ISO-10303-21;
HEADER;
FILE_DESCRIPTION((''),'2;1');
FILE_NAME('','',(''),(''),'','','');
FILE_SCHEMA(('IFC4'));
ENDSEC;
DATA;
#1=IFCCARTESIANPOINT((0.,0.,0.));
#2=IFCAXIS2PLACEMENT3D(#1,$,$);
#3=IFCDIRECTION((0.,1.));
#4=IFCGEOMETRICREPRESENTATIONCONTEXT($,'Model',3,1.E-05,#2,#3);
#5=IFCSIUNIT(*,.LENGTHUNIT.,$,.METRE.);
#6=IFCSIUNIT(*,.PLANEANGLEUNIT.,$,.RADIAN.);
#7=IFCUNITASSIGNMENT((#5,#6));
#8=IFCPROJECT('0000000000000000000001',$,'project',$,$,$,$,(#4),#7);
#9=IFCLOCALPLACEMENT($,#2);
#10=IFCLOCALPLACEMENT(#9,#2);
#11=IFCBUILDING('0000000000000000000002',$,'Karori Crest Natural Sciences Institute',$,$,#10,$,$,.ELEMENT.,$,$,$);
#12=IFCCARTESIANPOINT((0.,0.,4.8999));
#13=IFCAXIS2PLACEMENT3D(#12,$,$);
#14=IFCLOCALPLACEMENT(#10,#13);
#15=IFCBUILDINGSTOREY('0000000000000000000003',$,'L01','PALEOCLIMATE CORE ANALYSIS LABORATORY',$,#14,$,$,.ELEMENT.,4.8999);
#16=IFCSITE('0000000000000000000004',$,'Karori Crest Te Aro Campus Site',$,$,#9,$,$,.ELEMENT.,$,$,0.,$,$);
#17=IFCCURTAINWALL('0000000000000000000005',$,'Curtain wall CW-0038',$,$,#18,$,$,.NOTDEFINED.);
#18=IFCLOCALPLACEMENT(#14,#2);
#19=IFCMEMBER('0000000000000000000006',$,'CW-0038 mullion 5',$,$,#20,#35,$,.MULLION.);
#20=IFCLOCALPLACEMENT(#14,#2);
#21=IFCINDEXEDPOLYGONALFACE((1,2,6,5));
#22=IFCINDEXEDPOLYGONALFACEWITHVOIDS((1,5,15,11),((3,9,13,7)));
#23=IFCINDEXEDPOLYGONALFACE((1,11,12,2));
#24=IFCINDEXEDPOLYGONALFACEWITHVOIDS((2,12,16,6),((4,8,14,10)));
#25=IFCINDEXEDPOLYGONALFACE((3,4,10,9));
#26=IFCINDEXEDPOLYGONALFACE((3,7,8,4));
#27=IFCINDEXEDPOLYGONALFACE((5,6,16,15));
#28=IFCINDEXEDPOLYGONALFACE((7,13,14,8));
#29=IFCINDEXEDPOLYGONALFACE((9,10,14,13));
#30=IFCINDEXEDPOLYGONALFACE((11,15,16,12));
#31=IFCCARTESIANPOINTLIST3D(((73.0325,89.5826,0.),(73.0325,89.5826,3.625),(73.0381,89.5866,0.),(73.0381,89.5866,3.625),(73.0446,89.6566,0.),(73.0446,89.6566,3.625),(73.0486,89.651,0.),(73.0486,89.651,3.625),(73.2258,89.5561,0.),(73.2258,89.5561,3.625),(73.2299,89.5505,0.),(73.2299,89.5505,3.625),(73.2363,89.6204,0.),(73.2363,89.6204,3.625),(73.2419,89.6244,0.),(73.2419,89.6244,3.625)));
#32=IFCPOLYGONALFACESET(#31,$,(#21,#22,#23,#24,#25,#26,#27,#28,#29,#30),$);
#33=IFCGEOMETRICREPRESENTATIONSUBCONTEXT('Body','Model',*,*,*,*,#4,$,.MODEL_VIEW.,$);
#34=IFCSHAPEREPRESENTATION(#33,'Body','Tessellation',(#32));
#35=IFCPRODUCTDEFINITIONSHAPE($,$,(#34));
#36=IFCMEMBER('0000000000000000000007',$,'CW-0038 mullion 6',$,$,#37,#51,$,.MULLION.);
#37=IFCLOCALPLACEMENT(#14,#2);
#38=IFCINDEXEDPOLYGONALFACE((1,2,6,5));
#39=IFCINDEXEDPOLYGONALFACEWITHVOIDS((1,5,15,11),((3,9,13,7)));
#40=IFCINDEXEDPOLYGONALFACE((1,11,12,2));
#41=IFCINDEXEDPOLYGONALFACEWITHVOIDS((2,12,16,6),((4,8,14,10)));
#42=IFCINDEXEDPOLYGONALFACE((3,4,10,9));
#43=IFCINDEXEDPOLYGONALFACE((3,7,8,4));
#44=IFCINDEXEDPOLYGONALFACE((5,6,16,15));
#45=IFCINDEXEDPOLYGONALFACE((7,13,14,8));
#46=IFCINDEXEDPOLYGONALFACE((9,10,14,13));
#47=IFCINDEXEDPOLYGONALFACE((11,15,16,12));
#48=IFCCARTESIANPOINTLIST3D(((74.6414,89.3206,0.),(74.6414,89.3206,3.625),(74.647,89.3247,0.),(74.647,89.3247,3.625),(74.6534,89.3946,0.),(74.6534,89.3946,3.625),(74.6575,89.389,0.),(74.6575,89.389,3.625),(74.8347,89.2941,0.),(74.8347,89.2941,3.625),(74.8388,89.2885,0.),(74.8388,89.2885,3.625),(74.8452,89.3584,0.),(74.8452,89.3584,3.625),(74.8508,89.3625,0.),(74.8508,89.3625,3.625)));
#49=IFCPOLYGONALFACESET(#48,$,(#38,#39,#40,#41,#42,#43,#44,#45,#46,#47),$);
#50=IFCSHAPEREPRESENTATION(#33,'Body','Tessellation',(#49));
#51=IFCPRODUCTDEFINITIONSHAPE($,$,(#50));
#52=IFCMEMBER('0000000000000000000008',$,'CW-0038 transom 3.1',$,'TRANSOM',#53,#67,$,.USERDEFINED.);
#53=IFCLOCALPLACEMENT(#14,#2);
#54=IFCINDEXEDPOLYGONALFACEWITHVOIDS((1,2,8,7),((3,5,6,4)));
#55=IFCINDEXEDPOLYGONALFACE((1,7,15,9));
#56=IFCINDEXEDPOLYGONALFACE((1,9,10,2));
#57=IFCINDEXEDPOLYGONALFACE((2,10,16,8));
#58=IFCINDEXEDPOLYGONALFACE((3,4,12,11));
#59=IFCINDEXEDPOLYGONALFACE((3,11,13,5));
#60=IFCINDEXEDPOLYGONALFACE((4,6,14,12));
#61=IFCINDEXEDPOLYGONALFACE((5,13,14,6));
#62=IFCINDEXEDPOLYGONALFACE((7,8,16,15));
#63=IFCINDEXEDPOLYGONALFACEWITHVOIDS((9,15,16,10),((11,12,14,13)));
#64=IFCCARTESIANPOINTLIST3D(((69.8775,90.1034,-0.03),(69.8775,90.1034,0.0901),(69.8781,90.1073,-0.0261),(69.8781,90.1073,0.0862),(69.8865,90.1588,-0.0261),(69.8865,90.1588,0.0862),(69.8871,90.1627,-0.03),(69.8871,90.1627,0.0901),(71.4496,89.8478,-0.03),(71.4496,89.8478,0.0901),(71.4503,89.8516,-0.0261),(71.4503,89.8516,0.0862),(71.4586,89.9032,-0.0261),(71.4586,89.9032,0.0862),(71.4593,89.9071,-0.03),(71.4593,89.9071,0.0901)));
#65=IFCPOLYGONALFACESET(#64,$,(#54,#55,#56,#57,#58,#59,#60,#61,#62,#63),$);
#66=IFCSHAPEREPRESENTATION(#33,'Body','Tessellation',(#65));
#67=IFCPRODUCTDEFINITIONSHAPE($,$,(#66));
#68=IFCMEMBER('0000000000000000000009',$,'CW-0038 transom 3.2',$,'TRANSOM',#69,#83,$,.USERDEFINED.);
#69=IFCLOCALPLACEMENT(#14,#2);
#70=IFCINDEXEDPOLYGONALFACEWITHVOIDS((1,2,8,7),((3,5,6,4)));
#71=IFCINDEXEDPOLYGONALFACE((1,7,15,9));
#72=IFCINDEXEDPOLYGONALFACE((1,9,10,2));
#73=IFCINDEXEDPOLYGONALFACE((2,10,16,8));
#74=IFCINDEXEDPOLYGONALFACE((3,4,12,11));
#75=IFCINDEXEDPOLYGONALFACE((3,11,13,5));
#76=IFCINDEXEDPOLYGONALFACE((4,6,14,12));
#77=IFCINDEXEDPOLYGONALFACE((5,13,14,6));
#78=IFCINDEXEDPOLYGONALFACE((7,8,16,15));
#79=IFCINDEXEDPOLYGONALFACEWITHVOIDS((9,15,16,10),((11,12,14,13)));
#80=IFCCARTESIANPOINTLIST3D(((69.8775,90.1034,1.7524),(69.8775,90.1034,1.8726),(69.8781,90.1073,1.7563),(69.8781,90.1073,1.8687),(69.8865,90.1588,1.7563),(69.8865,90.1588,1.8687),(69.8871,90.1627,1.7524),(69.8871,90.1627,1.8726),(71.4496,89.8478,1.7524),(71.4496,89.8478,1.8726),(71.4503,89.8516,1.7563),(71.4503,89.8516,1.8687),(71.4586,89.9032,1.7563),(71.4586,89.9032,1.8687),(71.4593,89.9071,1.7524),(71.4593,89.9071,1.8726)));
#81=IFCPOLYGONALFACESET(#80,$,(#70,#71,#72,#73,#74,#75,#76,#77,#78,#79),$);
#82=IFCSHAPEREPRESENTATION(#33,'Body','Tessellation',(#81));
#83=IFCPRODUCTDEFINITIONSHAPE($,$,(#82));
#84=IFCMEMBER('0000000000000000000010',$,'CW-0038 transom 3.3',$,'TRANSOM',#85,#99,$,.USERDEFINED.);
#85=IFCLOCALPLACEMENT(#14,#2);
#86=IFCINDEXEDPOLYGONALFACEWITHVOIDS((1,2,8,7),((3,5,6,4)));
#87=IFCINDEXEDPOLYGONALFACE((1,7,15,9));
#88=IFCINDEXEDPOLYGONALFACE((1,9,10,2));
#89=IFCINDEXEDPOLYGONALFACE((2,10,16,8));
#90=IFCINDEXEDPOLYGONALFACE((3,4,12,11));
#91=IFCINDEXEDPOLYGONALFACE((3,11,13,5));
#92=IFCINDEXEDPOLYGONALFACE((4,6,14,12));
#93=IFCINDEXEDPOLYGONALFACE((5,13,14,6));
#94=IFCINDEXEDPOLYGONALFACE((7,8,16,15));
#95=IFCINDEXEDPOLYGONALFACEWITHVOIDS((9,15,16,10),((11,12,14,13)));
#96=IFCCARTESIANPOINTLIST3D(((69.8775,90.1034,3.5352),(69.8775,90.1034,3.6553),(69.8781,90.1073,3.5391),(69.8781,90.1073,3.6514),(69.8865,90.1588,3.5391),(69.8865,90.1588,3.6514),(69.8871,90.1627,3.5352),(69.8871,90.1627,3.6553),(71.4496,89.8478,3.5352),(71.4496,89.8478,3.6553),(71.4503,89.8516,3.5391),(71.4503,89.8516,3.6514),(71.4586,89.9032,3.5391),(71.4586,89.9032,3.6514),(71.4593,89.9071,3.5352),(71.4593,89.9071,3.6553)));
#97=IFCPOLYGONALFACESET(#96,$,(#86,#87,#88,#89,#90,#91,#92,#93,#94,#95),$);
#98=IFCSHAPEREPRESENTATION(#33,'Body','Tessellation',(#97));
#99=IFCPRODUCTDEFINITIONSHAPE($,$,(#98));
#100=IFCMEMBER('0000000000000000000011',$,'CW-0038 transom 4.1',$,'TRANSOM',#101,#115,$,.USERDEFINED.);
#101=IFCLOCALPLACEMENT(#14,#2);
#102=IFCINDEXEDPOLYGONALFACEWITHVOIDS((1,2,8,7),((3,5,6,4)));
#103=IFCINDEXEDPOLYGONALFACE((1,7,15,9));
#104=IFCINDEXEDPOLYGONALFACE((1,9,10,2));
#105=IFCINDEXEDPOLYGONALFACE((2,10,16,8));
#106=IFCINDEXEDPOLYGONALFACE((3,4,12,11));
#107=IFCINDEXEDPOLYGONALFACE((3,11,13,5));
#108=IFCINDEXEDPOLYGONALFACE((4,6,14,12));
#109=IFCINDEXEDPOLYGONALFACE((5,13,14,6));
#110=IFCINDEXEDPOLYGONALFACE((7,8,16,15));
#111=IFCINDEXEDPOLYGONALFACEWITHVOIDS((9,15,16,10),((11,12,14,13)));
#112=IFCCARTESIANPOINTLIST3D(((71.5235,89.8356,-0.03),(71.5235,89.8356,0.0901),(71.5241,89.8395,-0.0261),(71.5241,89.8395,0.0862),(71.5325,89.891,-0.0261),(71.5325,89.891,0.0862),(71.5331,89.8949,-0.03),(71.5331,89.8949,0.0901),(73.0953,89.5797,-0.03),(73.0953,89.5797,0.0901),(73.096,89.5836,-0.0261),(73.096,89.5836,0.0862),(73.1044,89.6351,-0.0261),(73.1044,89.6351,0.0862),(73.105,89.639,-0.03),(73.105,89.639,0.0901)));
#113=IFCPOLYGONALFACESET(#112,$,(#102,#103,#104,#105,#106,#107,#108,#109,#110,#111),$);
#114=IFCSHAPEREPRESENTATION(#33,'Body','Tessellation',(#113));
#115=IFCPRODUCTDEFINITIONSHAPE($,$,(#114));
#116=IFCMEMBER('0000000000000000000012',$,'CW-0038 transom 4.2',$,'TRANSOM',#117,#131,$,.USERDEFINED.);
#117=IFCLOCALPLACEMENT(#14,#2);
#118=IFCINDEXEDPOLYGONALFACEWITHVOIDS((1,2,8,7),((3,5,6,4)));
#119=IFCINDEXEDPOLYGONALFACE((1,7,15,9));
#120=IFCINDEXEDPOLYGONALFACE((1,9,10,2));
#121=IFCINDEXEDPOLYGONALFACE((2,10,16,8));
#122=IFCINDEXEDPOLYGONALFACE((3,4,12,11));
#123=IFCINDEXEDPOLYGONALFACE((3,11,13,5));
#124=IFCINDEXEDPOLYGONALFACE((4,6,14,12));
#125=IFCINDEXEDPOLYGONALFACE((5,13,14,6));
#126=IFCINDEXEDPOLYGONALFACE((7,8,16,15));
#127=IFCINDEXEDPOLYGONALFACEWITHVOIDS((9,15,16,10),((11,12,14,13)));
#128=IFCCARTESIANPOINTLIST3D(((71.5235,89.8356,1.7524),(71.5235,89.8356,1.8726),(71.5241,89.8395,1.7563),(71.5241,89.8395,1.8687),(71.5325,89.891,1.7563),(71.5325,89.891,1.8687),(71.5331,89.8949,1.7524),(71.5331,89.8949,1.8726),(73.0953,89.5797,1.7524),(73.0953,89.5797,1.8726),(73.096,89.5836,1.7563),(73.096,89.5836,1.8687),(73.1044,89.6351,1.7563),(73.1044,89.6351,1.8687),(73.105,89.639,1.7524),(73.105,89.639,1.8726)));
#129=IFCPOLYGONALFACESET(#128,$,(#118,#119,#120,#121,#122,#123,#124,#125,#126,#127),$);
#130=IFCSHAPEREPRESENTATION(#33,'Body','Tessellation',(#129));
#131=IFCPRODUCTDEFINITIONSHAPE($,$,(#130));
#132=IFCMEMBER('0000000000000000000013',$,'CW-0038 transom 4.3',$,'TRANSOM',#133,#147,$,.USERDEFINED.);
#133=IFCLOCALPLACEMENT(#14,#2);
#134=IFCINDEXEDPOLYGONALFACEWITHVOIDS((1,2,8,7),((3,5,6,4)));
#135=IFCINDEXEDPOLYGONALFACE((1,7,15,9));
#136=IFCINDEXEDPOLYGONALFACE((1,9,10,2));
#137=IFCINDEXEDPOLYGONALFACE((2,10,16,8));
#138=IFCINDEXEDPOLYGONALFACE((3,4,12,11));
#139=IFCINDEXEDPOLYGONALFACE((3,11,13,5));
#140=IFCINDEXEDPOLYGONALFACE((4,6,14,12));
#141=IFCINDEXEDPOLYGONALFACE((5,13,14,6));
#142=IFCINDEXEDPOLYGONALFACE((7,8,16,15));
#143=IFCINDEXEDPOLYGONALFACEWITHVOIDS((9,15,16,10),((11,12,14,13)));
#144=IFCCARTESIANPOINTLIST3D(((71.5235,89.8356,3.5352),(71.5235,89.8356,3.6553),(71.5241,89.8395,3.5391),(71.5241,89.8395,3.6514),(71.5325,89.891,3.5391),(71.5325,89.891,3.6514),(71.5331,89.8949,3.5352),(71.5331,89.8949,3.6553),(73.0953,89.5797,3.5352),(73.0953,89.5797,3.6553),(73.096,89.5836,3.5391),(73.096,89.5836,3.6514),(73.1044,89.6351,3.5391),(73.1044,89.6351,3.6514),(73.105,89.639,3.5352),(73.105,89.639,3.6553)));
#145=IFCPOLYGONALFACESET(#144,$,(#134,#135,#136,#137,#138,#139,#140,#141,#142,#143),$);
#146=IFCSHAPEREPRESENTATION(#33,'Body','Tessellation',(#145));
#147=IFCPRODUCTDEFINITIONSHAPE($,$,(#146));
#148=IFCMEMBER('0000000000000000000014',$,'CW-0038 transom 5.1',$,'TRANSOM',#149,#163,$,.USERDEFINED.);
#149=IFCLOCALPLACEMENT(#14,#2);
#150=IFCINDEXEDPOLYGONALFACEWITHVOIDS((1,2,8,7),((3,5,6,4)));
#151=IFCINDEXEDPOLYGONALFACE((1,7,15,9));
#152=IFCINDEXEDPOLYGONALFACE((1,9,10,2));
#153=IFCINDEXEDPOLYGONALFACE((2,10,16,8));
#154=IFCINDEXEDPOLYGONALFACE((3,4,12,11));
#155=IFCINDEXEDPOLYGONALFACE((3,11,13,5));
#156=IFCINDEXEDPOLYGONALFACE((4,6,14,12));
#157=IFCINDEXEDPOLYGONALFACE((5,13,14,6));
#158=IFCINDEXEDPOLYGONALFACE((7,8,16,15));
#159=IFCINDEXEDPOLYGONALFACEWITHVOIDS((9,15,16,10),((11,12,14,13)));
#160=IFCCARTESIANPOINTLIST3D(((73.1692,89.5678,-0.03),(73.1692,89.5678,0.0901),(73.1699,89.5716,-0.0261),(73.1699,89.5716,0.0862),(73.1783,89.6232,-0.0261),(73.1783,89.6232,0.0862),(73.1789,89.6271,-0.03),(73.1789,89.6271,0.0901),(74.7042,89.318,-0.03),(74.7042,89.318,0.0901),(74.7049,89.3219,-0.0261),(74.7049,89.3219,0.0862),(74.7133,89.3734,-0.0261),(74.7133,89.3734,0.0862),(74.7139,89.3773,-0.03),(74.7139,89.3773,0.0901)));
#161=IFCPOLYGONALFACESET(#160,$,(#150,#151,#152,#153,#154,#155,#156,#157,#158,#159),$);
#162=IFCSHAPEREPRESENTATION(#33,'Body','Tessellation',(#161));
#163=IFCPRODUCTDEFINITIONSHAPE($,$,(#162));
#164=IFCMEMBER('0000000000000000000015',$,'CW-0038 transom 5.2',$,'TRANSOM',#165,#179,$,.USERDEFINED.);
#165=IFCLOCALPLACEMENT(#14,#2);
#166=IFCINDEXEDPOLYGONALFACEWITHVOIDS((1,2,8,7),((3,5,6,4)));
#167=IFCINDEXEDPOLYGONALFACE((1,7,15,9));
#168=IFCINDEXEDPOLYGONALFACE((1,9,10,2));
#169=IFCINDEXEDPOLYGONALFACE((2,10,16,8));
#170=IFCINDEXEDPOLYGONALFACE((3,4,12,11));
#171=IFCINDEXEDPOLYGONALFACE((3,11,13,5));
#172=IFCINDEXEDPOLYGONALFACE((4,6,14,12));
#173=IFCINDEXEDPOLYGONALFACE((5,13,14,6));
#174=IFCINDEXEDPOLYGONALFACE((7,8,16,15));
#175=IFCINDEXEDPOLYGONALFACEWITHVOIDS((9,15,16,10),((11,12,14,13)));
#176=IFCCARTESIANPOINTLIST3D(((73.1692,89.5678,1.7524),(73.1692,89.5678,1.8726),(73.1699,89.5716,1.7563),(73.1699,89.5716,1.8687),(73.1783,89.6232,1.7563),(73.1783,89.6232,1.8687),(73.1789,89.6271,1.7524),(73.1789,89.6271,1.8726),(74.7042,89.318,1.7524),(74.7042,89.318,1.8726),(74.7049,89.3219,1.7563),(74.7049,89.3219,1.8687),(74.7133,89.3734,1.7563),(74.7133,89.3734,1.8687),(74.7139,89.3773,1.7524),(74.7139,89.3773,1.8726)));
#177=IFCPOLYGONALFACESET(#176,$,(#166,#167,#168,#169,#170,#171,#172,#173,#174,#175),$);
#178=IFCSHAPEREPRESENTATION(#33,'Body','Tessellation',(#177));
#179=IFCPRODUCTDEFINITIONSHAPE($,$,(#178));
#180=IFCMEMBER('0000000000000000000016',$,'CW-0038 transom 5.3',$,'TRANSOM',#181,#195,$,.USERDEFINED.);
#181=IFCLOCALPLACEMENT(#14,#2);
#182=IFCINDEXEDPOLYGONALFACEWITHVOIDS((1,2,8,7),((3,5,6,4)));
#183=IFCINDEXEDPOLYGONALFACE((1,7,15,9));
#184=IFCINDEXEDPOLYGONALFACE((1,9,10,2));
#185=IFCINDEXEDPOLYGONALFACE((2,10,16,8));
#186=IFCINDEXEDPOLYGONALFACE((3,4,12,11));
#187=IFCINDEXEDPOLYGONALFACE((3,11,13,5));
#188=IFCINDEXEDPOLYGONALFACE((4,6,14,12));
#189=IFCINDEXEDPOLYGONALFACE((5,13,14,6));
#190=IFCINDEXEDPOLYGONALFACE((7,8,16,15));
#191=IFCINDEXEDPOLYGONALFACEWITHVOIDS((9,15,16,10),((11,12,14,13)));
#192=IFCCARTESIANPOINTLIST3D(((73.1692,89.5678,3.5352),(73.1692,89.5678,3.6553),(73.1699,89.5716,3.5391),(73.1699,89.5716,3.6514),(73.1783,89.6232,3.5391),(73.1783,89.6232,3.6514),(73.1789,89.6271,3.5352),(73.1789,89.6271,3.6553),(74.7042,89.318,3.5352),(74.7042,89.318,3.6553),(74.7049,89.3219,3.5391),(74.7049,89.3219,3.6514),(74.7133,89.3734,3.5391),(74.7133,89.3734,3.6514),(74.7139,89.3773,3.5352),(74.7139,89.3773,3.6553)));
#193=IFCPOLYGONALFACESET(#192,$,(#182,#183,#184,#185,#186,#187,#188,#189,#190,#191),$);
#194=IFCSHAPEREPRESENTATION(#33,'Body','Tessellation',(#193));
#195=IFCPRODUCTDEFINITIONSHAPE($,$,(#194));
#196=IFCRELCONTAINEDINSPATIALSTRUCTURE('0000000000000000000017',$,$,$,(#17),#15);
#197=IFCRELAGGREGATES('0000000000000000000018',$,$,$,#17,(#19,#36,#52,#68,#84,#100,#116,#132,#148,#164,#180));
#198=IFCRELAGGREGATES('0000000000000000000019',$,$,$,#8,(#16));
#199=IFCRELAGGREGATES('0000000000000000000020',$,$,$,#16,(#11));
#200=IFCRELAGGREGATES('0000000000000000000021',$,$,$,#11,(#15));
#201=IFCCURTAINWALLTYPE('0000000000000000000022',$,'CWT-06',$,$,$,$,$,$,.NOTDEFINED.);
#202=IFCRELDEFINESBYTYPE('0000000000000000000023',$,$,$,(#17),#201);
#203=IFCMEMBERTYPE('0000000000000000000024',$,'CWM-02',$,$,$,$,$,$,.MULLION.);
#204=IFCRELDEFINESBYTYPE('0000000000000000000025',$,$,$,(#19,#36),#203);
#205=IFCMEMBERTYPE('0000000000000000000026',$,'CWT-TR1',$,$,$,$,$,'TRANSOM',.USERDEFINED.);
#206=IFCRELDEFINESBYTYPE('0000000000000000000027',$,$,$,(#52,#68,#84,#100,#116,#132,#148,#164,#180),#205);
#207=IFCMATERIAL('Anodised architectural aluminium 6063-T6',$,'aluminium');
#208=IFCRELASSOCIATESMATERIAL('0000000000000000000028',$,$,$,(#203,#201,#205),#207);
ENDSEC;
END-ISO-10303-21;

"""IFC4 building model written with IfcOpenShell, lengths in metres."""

from ifc_helpers import new_model, si_unit, direction, frame, origin, origin_2d, place, context, subcontext, project, spatial, hollow_rectangle, extrude, material, material_profile, profile_set, type_object, element, aggregate, save


model = new_model("IFC4")

# Units and contexts
model_context = context("Model", 3, precision=1e-05, world=origin(), true_north=direction((0.0, 1.0)))
body_context = subcontext(model_context, "Body", "Model", "MODEL_VIEW")
ifc_project = project(units=[si_unit("LENGTHUNIT", "METRE"), si_unit("PLANEANGLEUNIT", "RADIAN")], contexts=[model_context])

# Site, building, storey
site_placement = place(None, origin())
site = spatial("IfcSite", under=ifc_project, at=site_placement, Name="Karori Crest Te Aro Campus Site", CompositionType="ELEMENT", RefElevation=0.0)
building_placement = place(site_placement, origin())
building = spatial("IfcBuilding", under=site, at=building_placement, Name="Karori Crest Natural Sciences Institute", CompositionType="ELEMENT")
storey_placement = place(building_placement, frame((0.0, 0.0, 4.8999)))
storey = spatial("IfcBuildingStorey", under=building, at=storey_placement, Name="L01", Description="PALEOCLIMATE CORE ANALYSIS LABORATORY", CompositionType="ELEMENT", Elevation=4.8999)

# Curtain wall, members
ifc_material_1 = material(Name="Anodised architectural aluminium 6063-T6", Category="aluminium")
ifc_material_profile_1 = material_profile(ifc_material_1, hollow_rectangle(XDim=0.075, YDim=0.2, WallThickness=0.0049, at=origin_2d()), Name="CWM200x75x5")
ifc_profile_set_1 = profile_set([ifc_material_profile_1], Name="Anodised architectural aluminium 6063-T6")
member_type_1 = type_object("IfcMemberType", Name="CWM-02", PredefinedType="MULLION", material=ifc_profile_set_1)
curtain_wall_type_1 = type_object("IfcCurtainWallType", Name="CWT-06", PredefinedType="NOTDEFINED", material=ifc_material_1)
curtain_wall_1_placement = place(storey_placement, origin())
curtain_wall_1 = element("IfcCurtainWall", 1, at=curtain_wall_1_placement, inside=storey, type_object=curtain_wall_type_1, Name="Curtain wall CW-0038", PredefinedType="NOTDEFINED")
member_1_placement = place(storey_placement, frame((73.1372, 89.6035, 0.0), z_axis=(0.0, 0.0, 1.0), x_axis=(0.160652, 0.987011, 0.0)))
member_1 = element("IfcMember", 2, at=member_1_placement, type_object=member_type_1, Name="CW-0038 mullion 5", PredefinedType="MULLION", context=body_context, shape_type="SweptSolid", body=[
    extrude(hollow_rectangle(XDim=0.075, YDim=0.2, WallThickness=0.0049, at=origin_2d()), origin(), (0.0, 0.0, 1.0), 3.625),
])
member_2_placement = place(storey_placement, frame((74.7461, 89.3416, 0.0), z_axis=(0.0, 0.0, 1.0), x_axis=(0.160652, 0.987011, 0.0)))
member_2 = element("IfcMember", 3, at=member_2_placement, type_object=member_type_1, Name="CW-0038 mullion 6", PredefinedType="MULLION", context=body_context, shape_type="SweptSolid", body=[
    extrude(hollow_rectangle(XDim=0.075, YDim=0.2, WallThickness=0.0049, at=origin_2d()), origin(), (0.0, 0.0, 1.0), 3.625),
])
ifc_material_profile_2 = material_profile(ifc_material_1, hollow_rectangle(XDim=0.0601, YDim=0.1201, WallThickness=0.0039, at=origin_2d()), Name="CWT120x60x4")
ifc_profile_set_2 = profile_set([ifc_material_profile_2], Name="Anodised architectural aluminium 6063-T6")
member_type_2 = type_object("IfcMemberType", Name="CWT-TR1", ElementType="TRANSOM", PredefinedType="USERDEFINED", material=ifc_profile_set_2)
member_3_placement = place(storey_placement, frame((69.8823, 90.1331, 0.03), z_axis=(0.987037, -0.160495, 0.0), x_axis=(0.160495, 0.987037, 0.0)))
member_3 = element("IfcMember", 4, at=member_3_placement, type_object=member_type_2, Name="CW-0038 transom 3.1", ObjectType="TRANSOM", PredefinedType="USERDEFINED", context=body_context, shape_type="SweptSolid", body=[
    extrude(hollow_rectangle(XDim=0.0601, YDim=0.1201, WallThickness=0.0039, at=origin_2d()), origin(), (0.0, 0.0, 1.0), 1.5928),
])
member_4_placement = place(storey_placement, frame((69.8823, 90.1331, 1.8125), z_axis=(0.987037, -0.160495, 0.0), x_axis=(0.160495, 0.987037, 0.0)))
member_4 = element("IfcMember", 5, at=member_4_placement, type_object=member_type_2, Name="CW-0038 transom 3.2", ObjectType="TRANSOM", PredefinedType="USERDEFINED", context=body_context, shape_type="SweptSolid", body=[
    extrude(hollow_rectangle(XDim=0.0601, YDim=0.1201, WallThickness=0.0039, at=origin_2d()), origin(), (0.0, 0.0, 1.0), 1.5928),
])
member_5_placement = place(storey_placement, frame((69.8823, 90.1331, 3.5952), z_axis=(0.987037, -0.160495, 0.0), x_axis=(0.160495, 0.987037, 0.0)))
member_5 = element("IfcMember", 6, at=member_5_placement, type_object=member_type_2, Name="CW-0038 transom 3.3", ObjectType="TRANSOM", PredefinedType="USERDEFINED", context=body_context, shape_type="SweptSolid", body=[
    extrude(hollow_rectangle(XDim=0.0601, YDim=0.1201, WallThickness=0.0039, at=origin_2d()), origin(), (0.0, 0.0, 1.0), 1.5928),
])
member_6_placement = place(storey_placement, frame((71.5283, 89.8652, 0.03), z_axis=(0.987008, -0.160669, 0.0), x_axis=(0.160669, 0.987008, 0.0)))
member_6 = element("IfcMember", 7, at=member_6_placement, type_object=member_type_2, Name="CW-0038 transom 4.1", ObjectType="TRANSOM", PredefinedType="USERDEFINED", context=body_context, shape_type="SweptSolid", body=[
    extrude(hollow_rectangle(XDim=0.0601, YDim=0.1201, WallThickness=0.0039, at=origin_2d()), origin(), (0.0, 0.0, 1.0), 1.5925),
])
member_7_placement = place(storey_placement, frame((71.5283, 89.8652, 1.8125), z_axis=(0.987008, -0.160669, 0.0), x_axis=(0.160669, 0.987008, 0.0)))
member_7 = element("IfcMember", 8, at=member_7_placement, type_object=member_type_2, Name="CW-0038 transom 4.2", ObjectType="TRANSOM", PredefinedType="USERDEFINED", context=body_context, shape_type="SweptSolid", body=[
    extrude(hollow_rectangle(XDim=0.0601, YDim=0.1201, WallThickness=0.0039, at=origin_2d()), origin(), (0.0, 0.0, 1.0), 1.5925),
])
member_8_placement = place(storey_placement, frame((71.5283, 89.8652, 3.5952), z_axis=(0.987008, -0.160669, 0.0), x_axis=(0.160669, 0.987008, 0.0)))
member_8 = element("IfcMember", 9, at=member_8_placement, type_object=member_type_2, Name="CW-0038 transom 4.3", ObjectType="TRANSOM", PredefinedType="USERDEFINED", context=body_context, shape_type="SweptSolid", body=[
    extrude(hollow_rectangle(XDim=0.0601, YDim=0.1201, WallThickness=0.0039, at=origin_2d()), origin(), (0.0, 0.0, 1.0), 1.5925),
])
member_9_placement = place(storey_placement, frame((73.1741, 89.5974, 0.03), z_axis=(0.987019, -0.160604, 0.0), x_axis=(0.160604, 0.987019, 0.0)))
member_9 = element("IfcMember", 10, at=member_9_placement, type_object=member_type_2, Name="CW-0038 transom 5.1", ObjectType="TRANSOM", PredefinedType="USERDEFINED", context=body_context, shape_type="SweptSolid", body=[
    extrude(hollow_rectangle(XDim=0.0601, YDim=0.1201, WallThickness=0.0039, at=origin_2d()), origin(), (0.0, 0.0, 1.0), 1.5552),
])
member_10_placement = place(storey_placement, frame((73.1741, 89.5974, 1.8125), z_axis=(0.987019, -0.160604, 0.0), x_axis=(0.160604, 0.987019, 0.0)))
member_10 = element("IfcMember", 11, at=member_10_placement, type_object=member_type_2, Name="CW-0038 transom 5.2", ObjectType="TRANSOM", PredefinedType="USERDEFINED", context=body_context, shape_type="SweptSolid", body=[
    extrude(hollow_rectangle(XDim=0.0601, YDim=0.1201, WallThickness=0.0039, at=origin_2d()), origin(), (0.0, 0.0, 1.0), 1.5552),
])
member_11_placement = place(storey_placement, frame((73.1741, 89.5974, 3.5952), z_axis=(0.987019, -0.160604, 0.0), x_axis=(0.160604, 0.987019, 0.0)))
member_11 = element("IfcMember", 12, at=member_11_placement, type_object=member_type_2, Name="CW-0038 transom 5.3", ObjectType="TRANSOM", PredefinedType="USERDEFINED", context=body_context, shape_type="SweptSolid", body=[
    extrude(hollow_rectangle(XDim=0.0601, YDim=0.1201, WallThickness=0.0039, at=origin_2d()), origin(), (0.0, 0.0, 1.0), 1.5552),
])

aggregate(curtain_wall_1, [member_1, member_2, member_3, member_4, member_5, member_6, member_7, member_8, member_9, member_10, member_11])

save(model, "model.ifc")
